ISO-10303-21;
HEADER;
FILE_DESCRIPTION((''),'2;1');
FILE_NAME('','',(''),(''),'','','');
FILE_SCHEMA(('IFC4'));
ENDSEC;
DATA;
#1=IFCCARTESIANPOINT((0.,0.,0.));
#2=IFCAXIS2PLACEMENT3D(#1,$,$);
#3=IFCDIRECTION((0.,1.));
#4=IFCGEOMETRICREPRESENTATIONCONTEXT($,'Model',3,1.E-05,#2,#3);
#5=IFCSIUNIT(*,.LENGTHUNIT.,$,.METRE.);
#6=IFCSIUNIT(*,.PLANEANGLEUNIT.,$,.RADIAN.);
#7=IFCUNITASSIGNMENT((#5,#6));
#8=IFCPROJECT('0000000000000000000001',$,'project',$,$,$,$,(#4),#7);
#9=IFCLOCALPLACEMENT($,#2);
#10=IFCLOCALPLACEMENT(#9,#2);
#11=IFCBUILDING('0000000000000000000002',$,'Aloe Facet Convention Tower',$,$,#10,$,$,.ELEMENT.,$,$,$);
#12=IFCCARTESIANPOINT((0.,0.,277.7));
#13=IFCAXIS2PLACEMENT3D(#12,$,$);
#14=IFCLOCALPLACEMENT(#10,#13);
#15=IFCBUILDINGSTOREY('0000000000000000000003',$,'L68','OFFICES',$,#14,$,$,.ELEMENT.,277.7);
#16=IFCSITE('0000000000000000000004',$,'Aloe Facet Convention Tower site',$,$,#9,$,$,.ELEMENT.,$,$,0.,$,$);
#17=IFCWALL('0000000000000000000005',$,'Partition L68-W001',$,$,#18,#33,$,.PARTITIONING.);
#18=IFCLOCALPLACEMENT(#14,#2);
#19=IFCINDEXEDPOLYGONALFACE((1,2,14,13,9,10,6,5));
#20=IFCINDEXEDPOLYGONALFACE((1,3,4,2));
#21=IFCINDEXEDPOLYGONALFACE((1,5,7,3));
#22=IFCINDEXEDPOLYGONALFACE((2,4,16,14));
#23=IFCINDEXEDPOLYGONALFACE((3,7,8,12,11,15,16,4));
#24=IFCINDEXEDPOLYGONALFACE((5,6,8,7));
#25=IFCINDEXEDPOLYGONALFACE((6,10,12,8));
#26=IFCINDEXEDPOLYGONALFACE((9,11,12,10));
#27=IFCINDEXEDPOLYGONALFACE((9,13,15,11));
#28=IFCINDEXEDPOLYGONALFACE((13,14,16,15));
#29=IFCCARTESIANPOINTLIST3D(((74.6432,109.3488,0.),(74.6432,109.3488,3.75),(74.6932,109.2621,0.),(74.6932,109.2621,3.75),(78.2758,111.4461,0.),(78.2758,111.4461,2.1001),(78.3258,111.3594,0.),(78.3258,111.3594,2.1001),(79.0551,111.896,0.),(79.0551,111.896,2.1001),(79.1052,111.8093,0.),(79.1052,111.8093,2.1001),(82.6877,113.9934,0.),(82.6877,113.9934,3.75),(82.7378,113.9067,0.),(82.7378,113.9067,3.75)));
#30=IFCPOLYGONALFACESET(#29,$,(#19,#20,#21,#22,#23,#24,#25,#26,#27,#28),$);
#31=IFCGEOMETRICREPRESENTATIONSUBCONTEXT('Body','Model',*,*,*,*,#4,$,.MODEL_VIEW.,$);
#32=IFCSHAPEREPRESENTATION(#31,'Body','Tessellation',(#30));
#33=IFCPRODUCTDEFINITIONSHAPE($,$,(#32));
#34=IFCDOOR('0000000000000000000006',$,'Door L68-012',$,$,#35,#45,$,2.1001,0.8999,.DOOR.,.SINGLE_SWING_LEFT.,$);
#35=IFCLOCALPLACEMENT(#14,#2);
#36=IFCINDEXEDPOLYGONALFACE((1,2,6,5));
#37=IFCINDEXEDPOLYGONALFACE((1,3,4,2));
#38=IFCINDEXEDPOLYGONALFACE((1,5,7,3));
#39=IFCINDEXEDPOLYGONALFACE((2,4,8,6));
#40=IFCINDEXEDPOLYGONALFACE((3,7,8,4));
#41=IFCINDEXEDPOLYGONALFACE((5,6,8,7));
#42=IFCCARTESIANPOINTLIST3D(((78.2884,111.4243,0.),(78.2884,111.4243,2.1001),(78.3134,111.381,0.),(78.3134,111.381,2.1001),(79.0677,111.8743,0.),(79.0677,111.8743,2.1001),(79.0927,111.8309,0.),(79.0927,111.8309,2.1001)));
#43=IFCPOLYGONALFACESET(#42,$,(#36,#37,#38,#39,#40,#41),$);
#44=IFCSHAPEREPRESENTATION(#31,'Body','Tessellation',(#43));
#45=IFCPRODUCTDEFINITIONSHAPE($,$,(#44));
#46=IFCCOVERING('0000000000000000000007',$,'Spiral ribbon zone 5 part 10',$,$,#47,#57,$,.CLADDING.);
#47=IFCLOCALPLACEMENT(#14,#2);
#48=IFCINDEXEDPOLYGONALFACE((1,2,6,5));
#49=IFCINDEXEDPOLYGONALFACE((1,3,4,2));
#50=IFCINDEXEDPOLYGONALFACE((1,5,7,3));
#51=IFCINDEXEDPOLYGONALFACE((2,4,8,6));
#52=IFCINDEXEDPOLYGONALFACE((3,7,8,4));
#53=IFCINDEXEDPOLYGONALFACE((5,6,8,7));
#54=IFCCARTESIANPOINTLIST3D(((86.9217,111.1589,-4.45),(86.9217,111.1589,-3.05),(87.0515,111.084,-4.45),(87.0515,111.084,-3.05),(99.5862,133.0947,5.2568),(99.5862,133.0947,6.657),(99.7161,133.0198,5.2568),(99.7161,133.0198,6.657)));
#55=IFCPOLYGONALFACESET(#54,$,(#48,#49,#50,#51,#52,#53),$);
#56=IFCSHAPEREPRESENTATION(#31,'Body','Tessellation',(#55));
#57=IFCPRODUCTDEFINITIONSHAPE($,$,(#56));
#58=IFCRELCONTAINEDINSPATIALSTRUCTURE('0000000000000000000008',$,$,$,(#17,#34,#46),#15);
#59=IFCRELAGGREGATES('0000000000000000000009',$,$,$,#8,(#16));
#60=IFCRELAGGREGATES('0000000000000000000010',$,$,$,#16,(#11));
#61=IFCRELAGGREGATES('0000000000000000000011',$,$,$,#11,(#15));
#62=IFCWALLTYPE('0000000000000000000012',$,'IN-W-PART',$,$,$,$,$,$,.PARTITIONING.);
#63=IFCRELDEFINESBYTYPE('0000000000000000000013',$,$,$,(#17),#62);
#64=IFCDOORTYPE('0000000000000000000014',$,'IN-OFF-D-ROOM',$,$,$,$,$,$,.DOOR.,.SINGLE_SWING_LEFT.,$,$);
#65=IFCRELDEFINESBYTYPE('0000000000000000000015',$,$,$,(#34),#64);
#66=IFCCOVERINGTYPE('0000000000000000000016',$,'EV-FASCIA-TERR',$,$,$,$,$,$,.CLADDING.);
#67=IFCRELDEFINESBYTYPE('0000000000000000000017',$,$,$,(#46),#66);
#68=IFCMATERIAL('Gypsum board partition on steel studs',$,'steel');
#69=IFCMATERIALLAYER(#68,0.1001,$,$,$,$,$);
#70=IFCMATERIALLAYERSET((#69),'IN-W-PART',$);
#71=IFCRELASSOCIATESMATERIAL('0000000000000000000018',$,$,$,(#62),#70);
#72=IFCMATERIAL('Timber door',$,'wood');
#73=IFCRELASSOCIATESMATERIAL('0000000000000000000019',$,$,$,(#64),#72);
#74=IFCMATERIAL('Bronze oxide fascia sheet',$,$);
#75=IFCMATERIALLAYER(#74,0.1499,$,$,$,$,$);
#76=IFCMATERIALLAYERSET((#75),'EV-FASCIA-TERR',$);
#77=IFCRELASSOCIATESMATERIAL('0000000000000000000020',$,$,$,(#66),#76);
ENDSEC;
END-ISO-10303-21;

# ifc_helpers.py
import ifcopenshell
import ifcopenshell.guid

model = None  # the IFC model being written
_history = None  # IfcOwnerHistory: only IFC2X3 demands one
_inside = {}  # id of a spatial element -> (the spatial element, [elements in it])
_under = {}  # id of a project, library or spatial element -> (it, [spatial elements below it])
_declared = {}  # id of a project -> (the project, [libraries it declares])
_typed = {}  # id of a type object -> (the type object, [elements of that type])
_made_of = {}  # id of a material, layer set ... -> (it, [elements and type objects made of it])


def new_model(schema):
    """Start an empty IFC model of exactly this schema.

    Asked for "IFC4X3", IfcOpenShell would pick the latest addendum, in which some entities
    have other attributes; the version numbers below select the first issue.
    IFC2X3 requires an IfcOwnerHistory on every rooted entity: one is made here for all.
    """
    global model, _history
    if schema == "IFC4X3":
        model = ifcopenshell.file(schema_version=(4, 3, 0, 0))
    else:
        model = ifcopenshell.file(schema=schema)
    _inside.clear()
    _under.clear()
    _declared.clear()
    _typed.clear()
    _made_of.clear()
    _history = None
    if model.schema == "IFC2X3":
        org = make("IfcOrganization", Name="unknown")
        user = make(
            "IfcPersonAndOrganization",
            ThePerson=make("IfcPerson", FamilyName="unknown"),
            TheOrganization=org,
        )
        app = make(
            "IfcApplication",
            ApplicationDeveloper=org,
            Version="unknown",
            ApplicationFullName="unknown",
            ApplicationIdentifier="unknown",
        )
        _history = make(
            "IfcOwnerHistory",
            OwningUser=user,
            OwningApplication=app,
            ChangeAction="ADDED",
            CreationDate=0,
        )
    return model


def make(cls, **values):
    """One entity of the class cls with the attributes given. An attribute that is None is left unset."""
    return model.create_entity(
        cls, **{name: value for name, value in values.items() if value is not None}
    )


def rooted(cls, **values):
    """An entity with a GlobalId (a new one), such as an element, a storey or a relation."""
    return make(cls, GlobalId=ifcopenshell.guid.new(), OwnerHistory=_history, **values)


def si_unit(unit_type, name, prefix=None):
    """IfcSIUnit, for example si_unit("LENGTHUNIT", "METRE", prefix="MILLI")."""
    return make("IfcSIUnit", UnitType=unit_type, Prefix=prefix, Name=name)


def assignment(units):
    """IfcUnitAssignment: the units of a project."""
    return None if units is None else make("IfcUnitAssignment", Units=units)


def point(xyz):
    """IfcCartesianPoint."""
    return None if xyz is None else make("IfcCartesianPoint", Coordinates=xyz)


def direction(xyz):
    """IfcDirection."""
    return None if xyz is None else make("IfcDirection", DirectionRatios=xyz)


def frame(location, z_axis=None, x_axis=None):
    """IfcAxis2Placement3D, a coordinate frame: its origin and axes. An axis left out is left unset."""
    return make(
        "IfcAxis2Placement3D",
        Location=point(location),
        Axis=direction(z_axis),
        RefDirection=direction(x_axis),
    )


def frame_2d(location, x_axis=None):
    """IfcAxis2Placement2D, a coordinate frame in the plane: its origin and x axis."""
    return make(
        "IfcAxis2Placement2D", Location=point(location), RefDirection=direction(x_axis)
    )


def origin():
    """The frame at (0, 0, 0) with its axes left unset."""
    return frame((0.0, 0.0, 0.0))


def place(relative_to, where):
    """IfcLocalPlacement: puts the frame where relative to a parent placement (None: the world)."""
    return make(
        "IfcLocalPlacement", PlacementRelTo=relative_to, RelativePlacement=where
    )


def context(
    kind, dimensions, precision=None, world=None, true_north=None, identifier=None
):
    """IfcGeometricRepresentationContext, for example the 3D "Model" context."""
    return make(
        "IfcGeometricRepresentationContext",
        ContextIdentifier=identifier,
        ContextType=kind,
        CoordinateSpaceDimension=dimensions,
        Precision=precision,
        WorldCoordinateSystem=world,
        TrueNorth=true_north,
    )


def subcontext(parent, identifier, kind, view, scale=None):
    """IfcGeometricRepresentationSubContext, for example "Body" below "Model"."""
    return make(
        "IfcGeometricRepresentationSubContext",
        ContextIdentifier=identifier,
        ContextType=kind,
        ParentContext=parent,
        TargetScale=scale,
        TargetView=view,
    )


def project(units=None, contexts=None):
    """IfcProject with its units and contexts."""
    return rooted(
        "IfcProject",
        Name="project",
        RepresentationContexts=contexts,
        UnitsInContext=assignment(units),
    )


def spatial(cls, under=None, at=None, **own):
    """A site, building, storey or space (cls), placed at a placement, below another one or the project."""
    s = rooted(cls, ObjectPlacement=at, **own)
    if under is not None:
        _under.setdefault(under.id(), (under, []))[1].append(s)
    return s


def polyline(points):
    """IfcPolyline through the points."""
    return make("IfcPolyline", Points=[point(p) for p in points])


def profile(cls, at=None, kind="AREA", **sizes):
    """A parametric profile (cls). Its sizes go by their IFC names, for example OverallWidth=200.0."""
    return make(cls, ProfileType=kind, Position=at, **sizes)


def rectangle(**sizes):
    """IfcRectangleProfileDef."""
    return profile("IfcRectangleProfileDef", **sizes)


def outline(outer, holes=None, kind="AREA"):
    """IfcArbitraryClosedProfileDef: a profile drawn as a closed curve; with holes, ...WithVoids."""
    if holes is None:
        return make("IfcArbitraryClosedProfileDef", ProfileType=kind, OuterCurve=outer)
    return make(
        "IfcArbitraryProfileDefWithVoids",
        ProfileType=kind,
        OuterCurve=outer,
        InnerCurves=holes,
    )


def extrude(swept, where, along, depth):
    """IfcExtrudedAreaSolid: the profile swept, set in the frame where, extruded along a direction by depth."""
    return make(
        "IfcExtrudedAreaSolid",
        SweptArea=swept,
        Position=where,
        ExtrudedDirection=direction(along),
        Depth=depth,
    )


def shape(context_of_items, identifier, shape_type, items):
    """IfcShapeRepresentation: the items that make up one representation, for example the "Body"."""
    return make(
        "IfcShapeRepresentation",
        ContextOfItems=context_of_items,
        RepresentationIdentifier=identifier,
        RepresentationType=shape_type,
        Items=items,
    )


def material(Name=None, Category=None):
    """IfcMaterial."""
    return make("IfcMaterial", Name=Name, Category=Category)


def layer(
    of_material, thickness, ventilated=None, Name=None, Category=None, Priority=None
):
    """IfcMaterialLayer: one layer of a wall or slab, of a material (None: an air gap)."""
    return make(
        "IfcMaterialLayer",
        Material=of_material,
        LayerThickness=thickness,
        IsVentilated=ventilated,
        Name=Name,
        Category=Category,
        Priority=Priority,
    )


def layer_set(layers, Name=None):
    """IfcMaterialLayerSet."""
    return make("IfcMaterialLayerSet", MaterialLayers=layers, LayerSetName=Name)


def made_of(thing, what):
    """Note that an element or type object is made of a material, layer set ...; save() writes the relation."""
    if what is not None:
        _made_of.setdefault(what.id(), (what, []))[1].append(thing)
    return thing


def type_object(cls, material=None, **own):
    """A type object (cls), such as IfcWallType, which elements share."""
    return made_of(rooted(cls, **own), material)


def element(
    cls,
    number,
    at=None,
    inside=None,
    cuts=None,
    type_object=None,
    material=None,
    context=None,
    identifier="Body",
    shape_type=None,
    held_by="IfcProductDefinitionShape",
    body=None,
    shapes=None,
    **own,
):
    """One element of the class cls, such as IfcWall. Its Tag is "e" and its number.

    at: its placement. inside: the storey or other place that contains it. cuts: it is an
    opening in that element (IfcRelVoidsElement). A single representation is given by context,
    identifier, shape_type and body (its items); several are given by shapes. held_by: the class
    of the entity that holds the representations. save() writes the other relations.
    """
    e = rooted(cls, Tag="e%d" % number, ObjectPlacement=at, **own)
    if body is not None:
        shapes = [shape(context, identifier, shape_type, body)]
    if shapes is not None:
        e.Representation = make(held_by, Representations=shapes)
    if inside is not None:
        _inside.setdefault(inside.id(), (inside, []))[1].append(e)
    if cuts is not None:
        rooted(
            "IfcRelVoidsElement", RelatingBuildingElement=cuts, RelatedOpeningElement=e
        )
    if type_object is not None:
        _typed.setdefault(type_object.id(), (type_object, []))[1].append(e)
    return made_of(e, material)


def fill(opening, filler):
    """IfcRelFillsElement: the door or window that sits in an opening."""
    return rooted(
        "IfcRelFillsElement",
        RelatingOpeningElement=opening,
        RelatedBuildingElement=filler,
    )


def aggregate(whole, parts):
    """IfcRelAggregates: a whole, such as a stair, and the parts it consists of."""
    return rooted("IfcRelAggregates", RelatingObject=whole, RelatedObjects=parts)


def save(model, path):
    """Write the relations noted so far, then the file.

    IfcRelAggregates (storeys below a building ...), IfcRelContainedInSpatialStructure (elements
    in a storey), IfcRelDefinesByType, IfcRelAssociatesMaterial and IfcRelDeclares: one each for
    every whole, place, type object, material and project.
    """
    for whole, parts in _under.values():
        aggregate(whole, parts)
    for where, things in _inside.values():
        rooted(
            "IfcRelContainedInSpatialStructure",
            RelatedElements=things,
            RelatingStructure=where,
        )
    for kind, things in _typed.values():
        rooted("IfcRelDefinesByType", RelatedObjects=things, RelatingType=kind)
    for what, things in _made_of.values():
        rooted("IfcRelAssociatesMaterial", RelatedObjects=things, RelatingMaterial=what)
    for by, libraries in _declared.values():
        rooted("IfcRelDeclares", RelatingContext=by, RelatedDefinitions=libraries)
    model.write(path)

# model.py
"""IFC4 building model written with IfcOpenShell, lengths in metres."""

from ifc_helpers import new_model, si_unit, direction, frame, frame_2d, origin, place, context, subcontext, project, spatial, polyline, rectangle, outline, extrude, material, layer, layer_set, type_object, element, fill, save


model = new_model("IFC4")

# Units and contexts
model_context = context("Model", 3, precision=1e-05, world=origin(), true_north=direction((0.0, 1.0)))
body_context = subcontext(model_context, "Body", "Model", "MODEL_VIEW")
ifc_project = project(units=[si_unit("LENGTHUNIT", "METRE"), si_unit("PLANEANGLEUNIT", "RADIAN")], contexts=[model_context])

# Site, building, storey
site_placement = place(None, origin())
site = spatial("IfcSite", under=ifc_project, at=site_placement, Name="Aloe Facet Convention Tower site", CompositionType="ELEMENT", RefElevation=0.0)
building_placement = place(site_placement, origin())
building = spatial("IfcBuilding", under=site, at=building_placement, Name="Aloe Facet Convention Tower", CompositionType="ELEMENT")
storey_placement = place(building_placement, frame((0.0, 0.0, 277.7)))
storey = spatial("IfcBuildingStorey", under=building, at=storey_placement, Name="L68", Description="OFFICES", CompositionType="ELEMENT", Elevation=277.7)

# Wall, opening, door
ifc_material_1 = material(Name="Gypsum board partition on steel studs", Category="steel")
ifc_layer_1 = layer(ifc_material_1, 0.1001)
ifc_layer_set_1 = layer_set([ifc_layer_1], Name="IN-W-PART")
wall_type_1 = type_object("IfcWallType", Name="IN-W-PART", PredefinedType="PARTITIONING", material=ifc_layer_set_1)
wall_1_placement = place(storey_placement, frame((74.6682, 109.3054, 0.0), z_axis=(0.0, 0.0, 1.0), x_axis=(0.866022, 0.500006, 0.0)))
wall_1 = element("IfcWall", 1, at=wall_1_placement, inside=storey, type_object=wall_type_1, Name="Partition L68-W001", PredefinedType="PARTITIONING", context=body_context, shape_type="SweptSolid", body=[
    extrude(rectangle(XDim=9.2891, YDim=0.1001, at=frame_2d((4.6445, 0.0))), origin(), (0.0, 0.0, 1.0), 3.75),
])
opening_1_placement = place(wall_1_placement, frame((4.1946, 0.0, 0.0)))
opening_1 = element("IfcOpeningElement", 2, at=opening_1_placement, cuts=wall_1, PredefinedType="OPENING", context=body_context, shape_type="SweptSolid", body=[
    extrude(rectangle(XDim=0.8999, YDim=2.1001, at=frame_2d((0.45, 1.05))), frame((0.0, 0.0601, 0.0), z_axis=(0.0, -1.0, 0.0), x_axis=(1.0, 0.0, 0.0)), (0.0, 0.0, 1.0), 0.1201),
])
ifc_material_2 = material(Name="Timber door", Category="wood")
door_type = type_object("IfcDoorType", Name="IN-OFF-D-ROOM", OperationType="SINGLE_SWING_LEFT", PredefinedType="DOOR", material=ifc_material_2)
door_placement = place(opening_1_placement, origin())
door = element("IfcDoor", 3, at=door_placement, inside=storey, type_object=door_type, Name="Door L68-012", OperationType="SINGLE_SWING_LEFT", OverallHeight=2.1001, OverallWidth=0.8999, PredefinedType="DOOR", context=body_context, shape_type="SweptSolid", body=[
    extrude(rectangle(XDim=0.8999, YDim=2.1001, at=frame_2d((0.45, 1.05))), frame((0.0, 0.0249, 0.0), z_axis=(0.0, -1.0, 0.0), x_axis=(1.0, 0.0, 0.0)), (0.0, 0.0, 1.0), 0.05),
])
fill(opening_1, door)

# Covering
ifc_material_3 = material(Name="Bronze oxide fascia sheet")
ifc_layer_2 = layer(ifc_material_3, 0.1499)
ifc_layer_set_2 = layer_set([ifc_layer_2], Name="EV-FASCIA-TERR")
covering_type = type_object("IfcCoveringType", Name="EV-FASCIA-TERR", PredefinedType="CLADDING", material=ifc_layer_set_2)
covering_placement = place(storey_placement, frame((87.0515, 111.084, -4.45), z_axis=(0.866027, -0.499998, 0.0), x_axis=(0.466888, 0.808679, 0.357848)))
element("IfcCovering", 4, at=covering_placement, inside=storey, type_object=covering_type, Name="Spiral ribbon zone 5 part 10", PredefinedType="CLADDING", context=body_context, shape_type="SweptSolid", body=[
    extrude(outline(polyline([(0.0, 0.0), (27.1255, 0.0), (27.6265, 1.3074), (0.501, 1.3072), (0.0, 0.0)])), origin(), (0.0, 0.0, -1.0), 0.1499),
])

save(model, "model.ifc")
